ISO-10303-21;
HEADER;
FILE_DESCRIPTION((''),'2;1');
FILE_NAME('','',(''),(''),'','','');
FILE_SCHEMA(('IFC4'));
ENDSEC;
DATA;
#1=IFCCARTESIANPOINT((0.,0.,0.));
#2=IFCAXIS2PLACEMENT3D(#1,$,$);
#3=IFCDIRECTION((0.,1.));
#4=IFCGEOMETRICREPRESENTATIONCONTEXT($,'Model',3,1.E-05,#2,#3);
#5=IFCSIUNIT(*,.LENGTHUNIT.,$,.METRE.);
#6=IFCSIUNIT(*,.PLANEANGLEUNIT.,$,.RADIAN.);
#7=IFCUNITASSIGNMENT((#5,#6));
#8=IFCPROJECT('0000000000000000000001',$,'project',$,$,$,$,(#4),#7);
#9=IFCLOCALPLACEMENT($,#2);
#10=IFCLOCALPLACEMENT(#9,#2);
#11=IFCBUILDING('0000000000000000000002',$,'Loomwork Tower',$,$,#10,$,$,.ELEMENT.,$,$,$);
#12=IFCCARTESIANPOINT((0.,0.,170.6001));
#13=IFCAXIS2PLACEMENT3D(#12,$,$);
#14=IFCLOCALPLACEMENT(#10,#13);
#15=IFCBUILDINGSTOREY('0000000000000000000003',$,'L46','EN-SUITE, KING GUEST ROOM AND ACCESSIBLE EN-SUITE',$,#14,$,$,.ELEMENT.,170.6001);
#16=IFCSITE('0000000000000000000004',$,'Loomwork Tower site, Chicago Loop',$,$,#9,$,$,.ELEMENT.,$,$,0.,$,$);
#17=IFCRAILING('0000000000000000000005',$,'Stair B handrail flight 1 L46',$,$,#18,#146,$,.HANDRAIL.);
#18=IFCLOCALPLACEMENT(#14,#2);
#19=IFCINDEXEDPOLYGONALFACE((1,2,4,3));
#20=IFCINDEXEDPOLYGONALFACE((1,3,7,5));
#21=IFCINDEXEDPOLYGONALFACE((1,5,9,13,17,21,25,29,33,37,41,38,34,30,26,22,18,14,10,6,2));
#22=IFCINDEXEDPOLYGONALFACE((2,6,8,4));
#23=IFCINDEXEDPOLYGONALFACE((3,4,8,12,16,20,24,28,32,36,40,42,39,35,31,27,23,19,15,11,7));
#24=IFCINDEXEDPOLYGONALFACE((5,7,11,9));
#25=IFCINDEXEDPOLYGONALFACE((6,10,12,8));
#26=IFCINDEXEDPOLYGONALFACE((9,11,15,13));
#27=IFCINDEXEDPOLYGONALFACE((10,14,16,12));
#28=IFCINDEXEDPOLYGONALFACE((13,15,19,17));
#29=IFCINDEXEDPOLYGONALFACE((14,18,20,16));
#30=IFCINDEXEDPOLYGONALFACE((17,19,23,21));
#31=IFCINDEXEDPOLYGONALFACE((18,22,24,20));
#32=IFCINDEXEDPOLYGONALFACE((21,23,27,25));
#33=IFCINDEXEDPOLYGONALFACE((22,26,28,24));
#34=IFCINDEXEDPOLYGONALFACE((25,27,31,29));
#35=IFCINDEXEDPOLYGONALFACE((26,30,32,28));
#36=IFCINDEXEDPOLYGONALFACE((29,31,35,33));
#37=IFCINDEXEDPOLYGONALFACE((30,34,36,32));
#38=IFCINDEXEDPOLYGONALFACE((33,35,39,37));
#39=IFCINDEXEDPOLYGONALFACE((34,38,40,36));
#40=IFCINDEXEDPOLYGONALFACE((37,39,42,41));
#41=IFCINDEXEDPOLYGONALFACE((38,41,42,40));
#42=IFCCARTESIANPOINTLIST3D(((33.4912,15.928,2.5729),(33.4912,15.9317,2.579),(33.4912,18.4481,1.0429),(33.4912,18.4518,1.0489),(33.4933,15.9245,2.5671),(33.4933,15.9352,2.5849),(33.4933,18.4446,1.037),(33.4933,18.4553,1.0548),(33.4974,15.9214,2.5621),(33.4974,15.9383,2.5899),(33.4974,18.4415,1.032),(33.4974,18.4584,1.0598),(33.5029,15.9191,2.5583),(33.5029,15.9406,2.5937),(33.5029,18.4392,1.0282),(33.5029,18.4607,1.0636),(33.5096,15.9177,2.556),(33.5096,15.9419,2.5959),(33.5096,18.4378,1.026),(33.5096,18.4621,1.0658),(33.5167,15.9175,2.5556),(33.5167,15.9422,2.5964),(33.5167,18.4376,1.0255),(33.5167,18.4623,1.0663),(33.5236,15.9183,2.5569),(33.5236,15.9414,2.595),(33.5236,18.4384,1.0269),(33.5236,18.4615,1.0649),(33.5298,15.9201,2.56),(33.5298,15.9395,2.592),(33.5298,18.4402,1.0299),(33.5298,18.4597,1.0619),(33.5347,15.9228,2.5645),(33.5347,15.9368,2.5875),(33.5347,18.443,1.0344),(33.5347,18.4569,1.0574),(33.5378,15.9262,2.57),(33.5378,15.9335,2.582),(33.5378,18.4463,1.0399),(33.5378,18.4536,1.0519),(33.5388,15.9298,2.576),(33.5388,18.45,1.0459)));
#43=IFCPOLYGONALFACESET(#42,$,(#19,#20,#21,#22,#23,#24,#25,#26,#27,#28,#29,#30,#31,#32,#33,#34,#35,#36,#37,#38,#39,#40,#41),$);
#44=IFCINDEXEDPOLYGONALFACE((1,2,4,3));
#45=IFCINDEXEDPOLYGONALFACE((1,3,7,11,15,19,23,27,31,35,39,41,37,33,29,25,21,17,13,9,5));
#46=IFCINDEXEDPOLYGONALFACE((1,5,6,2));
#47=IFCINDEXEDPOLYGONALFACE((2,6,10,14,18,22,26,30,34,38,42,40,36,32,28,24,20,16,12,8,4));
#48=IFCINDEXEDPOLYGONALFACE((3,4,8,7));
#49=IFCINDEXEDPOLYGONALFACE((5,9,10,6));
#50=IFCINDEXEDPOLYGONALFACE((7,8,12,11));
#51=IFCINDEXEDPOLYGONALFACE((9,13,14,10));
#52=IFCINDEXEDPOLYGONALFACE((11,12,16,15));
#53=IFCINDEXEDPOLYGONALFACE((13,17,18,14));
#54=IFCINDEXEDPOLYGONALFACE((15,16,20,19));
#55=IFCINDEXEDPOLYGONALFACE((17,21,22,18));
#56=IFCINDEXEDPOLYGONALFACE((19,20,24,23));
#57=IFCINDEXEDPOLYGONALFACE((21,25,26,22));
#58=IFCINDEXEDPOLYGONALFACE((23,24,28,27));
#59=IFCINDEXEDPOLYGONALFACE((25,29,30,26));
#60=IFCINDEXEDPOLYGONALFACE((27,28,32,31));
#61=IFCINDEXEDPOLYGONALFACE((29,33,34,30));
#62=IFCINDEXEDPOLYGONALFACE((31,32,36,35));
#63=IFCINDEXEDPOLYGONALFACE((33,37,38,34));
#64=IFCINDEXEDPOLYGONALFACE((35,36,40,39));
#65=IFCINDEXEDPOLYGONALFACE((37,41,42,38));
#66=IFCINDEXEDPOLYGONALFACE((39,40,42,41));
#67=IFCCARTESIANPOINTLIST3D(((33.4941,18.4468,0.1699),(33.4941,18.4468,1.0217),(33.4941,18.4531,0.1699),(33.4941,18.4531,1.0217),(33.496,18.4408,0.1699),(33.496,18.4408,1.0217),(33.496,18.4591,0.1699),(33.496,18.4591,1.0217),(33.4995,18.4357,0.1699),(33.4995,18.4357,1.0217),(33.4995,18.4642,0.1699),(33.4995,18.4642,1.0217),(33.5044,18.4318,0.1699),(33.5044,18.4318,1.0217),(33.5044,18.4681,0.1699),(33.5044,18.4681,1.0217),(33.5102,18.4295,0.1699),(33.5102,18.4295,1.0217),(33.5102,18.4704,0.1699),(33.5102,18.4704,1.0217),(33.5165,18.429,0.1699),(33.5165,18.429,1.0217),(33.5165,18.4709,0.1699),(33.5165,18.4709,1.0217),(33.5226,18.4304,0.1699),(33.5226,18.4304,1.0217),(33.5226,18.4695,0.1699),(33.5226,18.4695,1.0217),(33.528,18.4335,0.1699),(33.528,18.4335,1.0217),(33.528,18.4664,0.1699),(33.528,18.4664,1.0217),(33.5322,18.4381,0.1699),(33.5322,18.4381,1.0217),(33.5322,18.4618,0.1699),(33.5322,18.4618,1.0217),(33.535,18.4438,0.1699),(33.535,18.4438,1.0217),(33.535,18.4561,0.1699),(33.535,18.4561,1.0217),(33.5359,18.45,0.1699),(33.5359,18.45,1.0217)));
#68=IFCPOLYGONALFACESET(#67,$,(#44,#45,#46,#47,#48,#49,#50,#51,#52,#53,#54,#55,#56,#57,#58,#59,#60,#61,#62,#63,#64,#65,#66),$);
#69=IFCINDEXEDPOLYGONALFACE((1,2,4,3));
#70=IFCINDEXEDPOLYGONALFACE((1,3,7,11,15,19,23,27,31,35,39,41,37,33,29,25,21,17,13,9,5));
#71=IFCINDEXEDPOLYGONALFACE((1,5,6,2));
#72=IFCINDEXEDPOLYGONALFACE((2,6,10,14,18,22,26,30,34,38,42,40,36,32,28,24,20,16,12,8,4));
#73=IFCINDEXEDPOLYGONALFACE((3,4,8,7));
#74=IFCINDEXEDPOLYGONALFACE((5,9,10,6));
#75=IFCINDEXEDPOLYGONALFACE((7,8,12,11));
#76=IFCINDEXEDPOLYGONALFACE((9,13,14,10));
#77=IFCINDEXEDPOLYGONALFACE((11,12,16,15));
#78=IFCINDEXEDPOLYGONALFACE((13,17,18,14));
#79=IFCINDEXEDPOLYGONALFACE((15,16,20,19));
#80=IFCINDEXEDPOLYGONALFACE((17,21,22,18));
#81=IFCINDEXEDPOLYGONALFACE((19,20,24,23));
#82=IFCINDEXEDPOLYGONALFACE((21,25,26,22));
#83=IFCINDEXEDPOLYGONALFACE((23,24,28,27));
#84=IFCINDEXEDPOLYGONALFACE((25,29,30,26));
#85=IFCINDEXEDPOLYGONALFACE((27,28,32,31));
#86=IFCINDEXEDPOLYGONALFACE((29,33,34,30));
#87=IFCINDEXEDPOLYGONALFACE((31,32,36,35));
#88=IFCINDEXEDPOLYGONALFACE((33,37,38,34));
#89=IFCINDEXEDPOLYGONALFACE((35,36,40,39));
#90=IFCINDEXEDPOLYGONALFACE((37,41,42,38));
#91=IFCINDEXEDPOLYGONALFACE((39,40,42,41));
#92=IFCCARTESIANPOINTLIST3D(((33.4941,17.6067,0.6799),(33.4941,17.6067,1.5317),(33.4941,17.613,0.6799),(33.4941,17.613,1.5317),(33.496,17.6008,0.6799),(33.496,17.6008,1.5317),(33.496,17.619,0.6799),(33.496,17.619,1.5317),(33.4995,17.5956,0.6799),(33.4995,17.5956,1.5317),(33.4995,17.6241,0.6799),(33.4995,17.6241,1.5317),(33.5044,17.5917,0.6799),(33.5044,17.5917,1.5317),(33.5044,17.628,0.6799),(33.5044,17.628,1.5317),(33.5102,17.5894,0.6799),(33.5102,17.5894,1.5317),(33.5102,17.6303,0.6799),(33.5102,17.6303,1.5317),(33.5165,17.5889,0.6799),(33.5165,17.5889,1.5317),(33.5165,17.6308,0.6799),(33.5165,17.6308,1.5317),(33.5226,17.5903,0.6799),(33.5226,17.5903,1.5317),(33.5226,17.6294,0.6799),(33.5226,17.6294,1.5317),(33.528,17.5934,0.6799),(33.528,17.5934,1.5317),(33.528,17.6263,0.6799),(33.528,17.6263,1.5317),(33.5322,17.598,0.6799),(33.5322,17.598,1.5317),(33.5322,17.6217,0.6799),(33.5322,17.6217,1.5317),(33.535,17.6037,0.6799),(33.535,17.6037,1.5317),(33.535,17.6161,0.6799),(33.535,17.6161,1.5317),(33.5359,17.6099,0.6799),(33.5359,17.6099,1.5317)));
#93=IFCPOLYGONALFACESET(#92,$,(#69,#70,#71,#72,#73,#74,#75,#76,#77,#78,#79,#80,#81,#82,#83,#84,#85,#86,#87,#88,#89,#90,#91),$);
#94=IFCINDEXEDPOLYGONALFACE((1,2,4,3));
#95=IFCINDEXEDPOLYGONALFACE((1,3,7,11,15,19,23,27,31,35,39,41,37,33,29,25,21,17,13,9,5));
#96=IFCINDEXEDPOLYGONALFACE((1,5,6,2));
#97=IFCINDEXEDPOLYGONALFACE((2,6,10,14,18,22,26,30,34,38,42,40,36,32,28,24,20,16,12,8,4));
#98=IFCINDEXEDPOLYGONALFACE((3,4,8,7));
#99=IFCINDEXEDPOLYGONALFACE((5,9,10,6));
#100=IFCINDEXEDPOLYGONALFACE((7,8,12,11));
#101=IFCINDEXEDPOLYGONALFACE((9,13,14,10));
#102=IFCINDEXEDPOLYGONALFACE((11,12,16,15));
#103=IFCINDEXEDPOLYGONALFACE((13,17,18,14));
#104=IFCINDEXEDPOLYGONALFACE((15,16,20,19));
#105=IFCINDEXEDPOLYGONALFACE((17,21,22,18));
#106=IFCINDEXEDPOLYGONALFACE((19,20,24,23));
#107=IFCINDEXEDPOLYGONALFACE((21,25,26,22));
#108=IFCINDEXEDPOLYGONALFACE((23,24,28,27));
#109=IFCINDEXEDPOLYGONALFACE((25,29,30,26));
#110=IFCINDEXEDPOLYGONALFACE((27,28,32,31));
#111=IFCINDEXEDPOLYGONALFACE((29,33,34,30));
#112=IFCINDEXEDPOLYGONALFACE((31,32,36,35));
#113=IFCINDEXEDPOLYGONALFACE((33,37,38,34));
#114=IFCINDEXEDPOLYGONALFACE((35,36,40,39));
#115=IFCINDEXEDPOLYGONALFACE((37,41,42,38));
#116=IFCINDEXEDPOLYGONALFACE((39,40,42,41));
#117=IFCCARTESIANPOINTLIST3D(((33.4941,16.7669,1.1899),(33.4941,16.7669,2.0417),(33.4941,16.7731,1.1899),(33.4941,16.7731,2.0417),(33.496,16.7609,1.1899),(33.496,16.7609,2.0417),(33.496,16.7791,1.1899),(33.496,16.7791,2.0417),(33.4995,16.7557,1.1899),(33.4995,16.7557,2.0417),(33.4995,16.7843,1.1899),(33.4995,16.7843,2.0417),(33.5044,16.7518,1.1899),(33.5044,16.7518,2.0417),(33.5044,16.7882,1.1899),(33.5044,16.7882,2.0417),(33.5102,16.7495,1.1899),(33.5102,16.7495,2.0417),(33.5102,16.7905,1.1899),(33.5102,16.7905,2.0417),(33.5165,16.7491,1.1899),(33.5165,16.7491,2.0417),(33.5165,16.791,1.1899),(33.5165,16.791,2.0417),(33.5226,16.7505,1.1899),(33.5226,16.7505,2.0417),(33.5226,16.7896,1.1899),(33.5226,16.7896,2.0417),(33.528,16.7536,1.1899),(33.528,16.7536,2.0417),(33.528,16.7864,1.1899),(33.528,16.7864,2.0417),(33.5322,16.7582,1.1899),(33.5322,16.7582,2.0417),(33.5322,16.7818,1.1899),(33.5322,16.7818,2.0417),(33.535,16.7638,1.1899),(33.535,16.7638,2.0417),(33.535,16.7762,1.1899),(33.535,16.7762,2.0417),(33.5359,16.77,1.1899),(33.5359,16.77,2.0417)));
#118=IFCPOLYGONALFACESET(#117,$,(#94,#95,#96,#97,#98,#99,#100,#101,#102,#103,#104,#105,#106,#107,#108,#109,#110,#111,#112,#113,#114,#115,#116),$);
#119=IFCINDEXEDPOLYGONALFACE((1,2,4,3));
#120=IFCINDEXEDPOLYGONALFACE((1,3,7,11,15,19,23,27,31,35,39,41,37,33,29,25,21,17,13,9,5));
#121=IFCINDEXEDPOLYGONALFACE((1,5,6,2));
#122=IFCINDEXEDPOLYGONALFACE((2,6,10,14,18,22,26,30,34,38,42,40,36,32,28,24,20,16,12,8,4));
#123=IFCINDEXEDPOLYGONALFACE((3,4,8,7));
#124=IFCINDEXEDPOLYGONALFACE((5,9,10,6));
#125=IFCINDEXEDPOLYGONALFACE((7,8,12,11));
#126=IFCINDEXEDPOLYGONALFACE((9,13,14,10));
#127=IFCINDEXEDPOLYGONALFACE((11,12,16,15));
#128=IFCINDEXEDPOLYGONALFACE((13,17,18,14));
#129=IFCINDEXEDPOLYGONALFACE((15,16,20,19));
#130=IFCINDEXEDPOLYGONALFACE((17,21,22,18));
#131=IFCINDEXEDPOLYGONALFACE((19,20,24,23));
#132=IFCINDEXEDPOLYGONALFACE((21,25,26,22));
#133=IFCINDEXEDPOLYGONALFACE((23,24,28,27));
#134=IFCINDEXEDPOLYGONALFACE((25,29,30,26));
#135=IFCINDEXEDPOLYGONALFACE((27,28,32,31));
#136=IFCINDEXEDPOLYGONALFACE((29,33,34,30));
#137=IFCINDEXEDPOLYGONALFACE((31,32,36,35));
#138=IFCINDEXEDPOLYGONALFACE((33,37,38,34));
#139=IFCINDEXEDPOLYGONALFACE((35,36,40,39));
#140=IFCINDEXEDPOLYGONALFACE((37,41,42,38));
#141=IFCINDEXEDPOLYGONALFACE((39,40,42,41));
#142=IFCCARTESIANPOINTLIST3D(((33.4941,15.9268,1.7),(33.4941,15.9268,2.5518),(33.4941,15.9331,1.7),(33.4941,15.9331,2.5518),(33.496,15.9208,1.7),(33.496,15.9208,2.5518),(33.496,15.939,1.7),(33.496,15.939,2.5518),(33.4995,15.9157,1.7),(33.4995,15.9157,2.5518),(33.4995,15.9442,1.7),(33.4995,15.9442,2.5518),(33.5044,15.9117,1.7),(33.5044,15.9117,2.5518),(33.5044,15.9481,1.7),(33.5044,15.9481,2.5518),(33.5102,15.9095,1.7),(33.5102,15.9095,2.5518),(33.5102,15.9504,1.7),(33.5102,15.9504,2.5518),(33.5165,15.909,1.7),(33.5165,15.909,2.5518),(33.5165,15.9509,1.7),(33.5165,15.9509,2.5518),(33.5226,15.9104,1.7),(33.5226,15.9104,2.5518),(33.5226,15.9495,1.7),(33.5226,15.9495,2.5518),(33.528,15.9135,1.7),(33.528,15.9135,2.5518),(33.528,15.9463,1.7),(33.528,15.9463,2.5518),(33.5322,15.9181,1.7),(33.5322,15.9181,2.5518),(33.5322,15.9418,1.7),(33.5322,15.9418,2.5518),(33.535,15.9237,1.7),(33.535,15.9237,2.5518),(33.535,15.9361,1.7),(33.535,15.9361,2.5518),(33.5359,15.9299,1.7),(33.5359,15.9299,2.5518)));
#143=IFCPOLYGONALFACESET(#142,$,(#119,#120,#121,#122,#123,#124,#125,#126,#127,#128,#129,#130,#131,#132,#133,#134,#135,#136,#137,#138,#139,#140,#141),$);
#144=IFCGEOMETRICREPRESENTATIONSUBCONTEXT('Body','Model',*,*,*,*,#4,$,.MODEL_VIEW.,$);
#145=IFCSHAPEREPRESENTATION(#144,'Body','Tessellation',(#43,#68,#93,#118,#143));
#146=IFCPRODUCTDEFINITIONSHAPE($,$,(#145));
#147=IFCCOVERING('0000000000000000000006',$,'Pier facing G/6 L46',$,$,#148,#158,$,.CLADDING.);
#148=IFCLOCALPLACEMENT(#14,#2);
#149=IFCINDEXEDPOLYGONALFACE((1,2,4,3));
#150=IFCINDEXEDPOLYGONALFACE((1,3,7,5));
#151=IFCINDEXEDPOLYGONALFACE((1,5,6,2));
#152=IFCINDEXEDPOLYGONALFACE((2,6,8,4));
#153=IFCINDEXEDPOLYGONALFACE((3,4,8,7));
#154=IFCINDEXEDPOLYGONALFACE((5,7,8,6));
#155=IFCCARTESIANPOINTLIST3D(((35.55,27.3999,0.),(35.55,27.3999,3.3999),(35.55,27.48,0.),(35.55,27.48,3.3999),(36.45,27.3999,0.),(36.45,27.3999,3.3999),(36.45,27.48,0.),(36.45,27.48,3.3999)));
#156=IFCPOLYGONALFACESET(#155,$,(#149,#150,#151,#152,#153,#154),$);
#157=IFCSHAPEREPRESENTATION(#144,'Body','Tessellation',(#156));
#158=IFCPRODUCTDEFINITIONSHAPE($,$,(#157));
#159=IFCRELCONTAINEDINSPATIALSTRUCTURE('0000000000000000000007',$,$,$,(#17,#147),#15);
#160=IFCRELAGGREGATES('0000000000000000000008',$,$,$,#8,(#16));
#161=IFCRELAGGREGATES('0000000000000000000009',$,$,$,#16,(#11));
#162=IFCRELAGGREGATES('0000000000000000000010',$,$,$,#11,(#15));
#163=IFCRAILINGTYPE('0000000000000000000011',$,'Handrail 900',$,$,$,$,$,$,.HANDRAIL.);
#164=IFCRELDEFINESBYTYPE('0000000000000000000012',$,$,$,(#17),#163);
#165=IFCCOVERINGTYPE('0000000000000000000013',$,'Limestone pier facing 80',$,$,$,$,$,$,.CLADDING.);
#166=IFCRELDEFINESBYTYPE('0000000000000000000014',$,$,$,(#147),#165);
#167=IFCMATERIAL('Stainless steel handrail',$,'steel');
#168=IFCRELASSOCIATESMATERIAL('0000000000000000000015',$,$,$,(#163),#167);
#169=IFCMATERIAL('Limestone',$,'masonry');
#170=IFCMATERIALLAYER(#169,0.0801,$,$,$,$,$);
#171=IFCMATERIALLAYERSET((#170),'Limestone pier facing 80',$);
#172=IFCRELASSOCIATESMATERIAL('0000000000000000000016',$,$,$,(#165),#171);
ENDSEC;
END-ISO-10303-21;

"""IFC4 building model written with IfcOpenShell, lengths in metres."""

from ifc_helpers import new_model, si_unit, direction, frame, origin, origin_2d, place, context, subcontext, project, spatial, rectangle, circle, extrude, material, layer, layer_set, type_object, element, save


model = new_model("IFC4")

# Units and contexts
model_context = context("Model", 3, precision=1e-05, world=origin(), true_north=direction((0.0, 1.0)))
body_context = subcontext(model_context, "Body", "Model", "MODEL_VIEW")
ifc_project = project(units=[si_unit("LENGTHUNIT", "METRE"), si_unit("PLANEANGLEUNIT", "RADIAN")], contexts=[model_context])

# Site, building, storey
site_placement = place(None, origin())
site = spatial("IfcSite", under=ifc_project, at=site_placement, Name="Loomwork Tower site, Chicago Loop", CompositionType="ELEMENT", RefElevation=0.0)
building_placement = place(site_placement, origin())
building = spatial("IfcBuilding", under=site, at=building_placement, Name="Loomwork Tower", CompositionType="ELEMENT")
storey_placement = place(building_placement, frame((0.0, 0.0, 170.6001)))
storey = spatial("IfcBuildingStorey", under=building, at=storey_placement, Name="L46", Description="EN-SUITE, KING GUEST ROOM AND ACCESSIBLE EN-SUITE", CompositionType="ELEMENT", Elevation=170.6001)

# Railing
ifc_material_1 = material(Name="Stainless steel handrail", Category="steel")
railing_type = type_object("IfcRailingType", Name="Handrail 900", PredefinedType="HANDRAIL", material=ifc_material_1)
railing_placement = place(storey_placement, frame((33.5149, 18.45, 0.1699)))
element("IfcRailing", 1, at=railing_placement, inside=storey, type_object=railing_type, Name="Stair B handrail flight 1 L46", PredefinedType="HANDRAIL", context=body_context, shape_type="SweptSolid", body=[
    extrude(circle(Radius=0.0239, at=origin_2d()), frame((0.0, 0.0, 0.876), z_axis=(0.0, -0.854785, 0.518982), x_axis=(1.0, 0.0, 0.0)), (0.0, 0.0, 1.0), 2.9482),
    extrude(circle(Radius=0.021, at=origin_2d()), origin(), (0.0, 0.0, 1.0), 0.8518),
    extrude(circle(Radius=0.021, at=origin_2d()), frame((0.0, -0.8401, 0.51)), (0.0, 0.0, 1.0), 0.8518),
    extrude(circle(Radius=0.021, at=origin_2d()), frame((0.0, -1.6799, 1.02)), (0.0, 0.0, 1.0), 0.8518),
    extrude(circle(Radius=0.021, at=origin_2d()), frame((0.0, -2.52, 1.53)), (0.0, 0.0, 1.0), 0.8518),
])

# Covering
ifc_material_2 = material(Name="Limestone", Category="masonry")
ifc_layer_1 = layer(ifc_material_2, 0.0801)
ifc_layer_set_1 = layer_set([ifc_layer_1], Name="Limestone pier facing 80")
covering_type = type_object("IfcCoveringType", Name="Limestone pier facing 80", PredefinedType="CLADDING", material=ifc_layer_set_1)
covering_placement = place(storey_placement, frame((36.0, 27.4399, 0.0), z_axis=(0.0, 0.0, 1.0), x_axis=(1.0, 0.0, 0.0)))
element("IfcCovering", 2, at=covering_placement, inside=storey, type_object=covering_type, Name="Pier facing G/6 L46", PredefinedType="CLADDING", context=body_context, shape_type="SweptSolid", body=[
    extrude(rectangle(XDim=0.8999, YDim=0.0801, at=origin_2d()), origin(), (0.0, 0.0, 1.0), 3.3999),
])

save(model, "model.ifc")
